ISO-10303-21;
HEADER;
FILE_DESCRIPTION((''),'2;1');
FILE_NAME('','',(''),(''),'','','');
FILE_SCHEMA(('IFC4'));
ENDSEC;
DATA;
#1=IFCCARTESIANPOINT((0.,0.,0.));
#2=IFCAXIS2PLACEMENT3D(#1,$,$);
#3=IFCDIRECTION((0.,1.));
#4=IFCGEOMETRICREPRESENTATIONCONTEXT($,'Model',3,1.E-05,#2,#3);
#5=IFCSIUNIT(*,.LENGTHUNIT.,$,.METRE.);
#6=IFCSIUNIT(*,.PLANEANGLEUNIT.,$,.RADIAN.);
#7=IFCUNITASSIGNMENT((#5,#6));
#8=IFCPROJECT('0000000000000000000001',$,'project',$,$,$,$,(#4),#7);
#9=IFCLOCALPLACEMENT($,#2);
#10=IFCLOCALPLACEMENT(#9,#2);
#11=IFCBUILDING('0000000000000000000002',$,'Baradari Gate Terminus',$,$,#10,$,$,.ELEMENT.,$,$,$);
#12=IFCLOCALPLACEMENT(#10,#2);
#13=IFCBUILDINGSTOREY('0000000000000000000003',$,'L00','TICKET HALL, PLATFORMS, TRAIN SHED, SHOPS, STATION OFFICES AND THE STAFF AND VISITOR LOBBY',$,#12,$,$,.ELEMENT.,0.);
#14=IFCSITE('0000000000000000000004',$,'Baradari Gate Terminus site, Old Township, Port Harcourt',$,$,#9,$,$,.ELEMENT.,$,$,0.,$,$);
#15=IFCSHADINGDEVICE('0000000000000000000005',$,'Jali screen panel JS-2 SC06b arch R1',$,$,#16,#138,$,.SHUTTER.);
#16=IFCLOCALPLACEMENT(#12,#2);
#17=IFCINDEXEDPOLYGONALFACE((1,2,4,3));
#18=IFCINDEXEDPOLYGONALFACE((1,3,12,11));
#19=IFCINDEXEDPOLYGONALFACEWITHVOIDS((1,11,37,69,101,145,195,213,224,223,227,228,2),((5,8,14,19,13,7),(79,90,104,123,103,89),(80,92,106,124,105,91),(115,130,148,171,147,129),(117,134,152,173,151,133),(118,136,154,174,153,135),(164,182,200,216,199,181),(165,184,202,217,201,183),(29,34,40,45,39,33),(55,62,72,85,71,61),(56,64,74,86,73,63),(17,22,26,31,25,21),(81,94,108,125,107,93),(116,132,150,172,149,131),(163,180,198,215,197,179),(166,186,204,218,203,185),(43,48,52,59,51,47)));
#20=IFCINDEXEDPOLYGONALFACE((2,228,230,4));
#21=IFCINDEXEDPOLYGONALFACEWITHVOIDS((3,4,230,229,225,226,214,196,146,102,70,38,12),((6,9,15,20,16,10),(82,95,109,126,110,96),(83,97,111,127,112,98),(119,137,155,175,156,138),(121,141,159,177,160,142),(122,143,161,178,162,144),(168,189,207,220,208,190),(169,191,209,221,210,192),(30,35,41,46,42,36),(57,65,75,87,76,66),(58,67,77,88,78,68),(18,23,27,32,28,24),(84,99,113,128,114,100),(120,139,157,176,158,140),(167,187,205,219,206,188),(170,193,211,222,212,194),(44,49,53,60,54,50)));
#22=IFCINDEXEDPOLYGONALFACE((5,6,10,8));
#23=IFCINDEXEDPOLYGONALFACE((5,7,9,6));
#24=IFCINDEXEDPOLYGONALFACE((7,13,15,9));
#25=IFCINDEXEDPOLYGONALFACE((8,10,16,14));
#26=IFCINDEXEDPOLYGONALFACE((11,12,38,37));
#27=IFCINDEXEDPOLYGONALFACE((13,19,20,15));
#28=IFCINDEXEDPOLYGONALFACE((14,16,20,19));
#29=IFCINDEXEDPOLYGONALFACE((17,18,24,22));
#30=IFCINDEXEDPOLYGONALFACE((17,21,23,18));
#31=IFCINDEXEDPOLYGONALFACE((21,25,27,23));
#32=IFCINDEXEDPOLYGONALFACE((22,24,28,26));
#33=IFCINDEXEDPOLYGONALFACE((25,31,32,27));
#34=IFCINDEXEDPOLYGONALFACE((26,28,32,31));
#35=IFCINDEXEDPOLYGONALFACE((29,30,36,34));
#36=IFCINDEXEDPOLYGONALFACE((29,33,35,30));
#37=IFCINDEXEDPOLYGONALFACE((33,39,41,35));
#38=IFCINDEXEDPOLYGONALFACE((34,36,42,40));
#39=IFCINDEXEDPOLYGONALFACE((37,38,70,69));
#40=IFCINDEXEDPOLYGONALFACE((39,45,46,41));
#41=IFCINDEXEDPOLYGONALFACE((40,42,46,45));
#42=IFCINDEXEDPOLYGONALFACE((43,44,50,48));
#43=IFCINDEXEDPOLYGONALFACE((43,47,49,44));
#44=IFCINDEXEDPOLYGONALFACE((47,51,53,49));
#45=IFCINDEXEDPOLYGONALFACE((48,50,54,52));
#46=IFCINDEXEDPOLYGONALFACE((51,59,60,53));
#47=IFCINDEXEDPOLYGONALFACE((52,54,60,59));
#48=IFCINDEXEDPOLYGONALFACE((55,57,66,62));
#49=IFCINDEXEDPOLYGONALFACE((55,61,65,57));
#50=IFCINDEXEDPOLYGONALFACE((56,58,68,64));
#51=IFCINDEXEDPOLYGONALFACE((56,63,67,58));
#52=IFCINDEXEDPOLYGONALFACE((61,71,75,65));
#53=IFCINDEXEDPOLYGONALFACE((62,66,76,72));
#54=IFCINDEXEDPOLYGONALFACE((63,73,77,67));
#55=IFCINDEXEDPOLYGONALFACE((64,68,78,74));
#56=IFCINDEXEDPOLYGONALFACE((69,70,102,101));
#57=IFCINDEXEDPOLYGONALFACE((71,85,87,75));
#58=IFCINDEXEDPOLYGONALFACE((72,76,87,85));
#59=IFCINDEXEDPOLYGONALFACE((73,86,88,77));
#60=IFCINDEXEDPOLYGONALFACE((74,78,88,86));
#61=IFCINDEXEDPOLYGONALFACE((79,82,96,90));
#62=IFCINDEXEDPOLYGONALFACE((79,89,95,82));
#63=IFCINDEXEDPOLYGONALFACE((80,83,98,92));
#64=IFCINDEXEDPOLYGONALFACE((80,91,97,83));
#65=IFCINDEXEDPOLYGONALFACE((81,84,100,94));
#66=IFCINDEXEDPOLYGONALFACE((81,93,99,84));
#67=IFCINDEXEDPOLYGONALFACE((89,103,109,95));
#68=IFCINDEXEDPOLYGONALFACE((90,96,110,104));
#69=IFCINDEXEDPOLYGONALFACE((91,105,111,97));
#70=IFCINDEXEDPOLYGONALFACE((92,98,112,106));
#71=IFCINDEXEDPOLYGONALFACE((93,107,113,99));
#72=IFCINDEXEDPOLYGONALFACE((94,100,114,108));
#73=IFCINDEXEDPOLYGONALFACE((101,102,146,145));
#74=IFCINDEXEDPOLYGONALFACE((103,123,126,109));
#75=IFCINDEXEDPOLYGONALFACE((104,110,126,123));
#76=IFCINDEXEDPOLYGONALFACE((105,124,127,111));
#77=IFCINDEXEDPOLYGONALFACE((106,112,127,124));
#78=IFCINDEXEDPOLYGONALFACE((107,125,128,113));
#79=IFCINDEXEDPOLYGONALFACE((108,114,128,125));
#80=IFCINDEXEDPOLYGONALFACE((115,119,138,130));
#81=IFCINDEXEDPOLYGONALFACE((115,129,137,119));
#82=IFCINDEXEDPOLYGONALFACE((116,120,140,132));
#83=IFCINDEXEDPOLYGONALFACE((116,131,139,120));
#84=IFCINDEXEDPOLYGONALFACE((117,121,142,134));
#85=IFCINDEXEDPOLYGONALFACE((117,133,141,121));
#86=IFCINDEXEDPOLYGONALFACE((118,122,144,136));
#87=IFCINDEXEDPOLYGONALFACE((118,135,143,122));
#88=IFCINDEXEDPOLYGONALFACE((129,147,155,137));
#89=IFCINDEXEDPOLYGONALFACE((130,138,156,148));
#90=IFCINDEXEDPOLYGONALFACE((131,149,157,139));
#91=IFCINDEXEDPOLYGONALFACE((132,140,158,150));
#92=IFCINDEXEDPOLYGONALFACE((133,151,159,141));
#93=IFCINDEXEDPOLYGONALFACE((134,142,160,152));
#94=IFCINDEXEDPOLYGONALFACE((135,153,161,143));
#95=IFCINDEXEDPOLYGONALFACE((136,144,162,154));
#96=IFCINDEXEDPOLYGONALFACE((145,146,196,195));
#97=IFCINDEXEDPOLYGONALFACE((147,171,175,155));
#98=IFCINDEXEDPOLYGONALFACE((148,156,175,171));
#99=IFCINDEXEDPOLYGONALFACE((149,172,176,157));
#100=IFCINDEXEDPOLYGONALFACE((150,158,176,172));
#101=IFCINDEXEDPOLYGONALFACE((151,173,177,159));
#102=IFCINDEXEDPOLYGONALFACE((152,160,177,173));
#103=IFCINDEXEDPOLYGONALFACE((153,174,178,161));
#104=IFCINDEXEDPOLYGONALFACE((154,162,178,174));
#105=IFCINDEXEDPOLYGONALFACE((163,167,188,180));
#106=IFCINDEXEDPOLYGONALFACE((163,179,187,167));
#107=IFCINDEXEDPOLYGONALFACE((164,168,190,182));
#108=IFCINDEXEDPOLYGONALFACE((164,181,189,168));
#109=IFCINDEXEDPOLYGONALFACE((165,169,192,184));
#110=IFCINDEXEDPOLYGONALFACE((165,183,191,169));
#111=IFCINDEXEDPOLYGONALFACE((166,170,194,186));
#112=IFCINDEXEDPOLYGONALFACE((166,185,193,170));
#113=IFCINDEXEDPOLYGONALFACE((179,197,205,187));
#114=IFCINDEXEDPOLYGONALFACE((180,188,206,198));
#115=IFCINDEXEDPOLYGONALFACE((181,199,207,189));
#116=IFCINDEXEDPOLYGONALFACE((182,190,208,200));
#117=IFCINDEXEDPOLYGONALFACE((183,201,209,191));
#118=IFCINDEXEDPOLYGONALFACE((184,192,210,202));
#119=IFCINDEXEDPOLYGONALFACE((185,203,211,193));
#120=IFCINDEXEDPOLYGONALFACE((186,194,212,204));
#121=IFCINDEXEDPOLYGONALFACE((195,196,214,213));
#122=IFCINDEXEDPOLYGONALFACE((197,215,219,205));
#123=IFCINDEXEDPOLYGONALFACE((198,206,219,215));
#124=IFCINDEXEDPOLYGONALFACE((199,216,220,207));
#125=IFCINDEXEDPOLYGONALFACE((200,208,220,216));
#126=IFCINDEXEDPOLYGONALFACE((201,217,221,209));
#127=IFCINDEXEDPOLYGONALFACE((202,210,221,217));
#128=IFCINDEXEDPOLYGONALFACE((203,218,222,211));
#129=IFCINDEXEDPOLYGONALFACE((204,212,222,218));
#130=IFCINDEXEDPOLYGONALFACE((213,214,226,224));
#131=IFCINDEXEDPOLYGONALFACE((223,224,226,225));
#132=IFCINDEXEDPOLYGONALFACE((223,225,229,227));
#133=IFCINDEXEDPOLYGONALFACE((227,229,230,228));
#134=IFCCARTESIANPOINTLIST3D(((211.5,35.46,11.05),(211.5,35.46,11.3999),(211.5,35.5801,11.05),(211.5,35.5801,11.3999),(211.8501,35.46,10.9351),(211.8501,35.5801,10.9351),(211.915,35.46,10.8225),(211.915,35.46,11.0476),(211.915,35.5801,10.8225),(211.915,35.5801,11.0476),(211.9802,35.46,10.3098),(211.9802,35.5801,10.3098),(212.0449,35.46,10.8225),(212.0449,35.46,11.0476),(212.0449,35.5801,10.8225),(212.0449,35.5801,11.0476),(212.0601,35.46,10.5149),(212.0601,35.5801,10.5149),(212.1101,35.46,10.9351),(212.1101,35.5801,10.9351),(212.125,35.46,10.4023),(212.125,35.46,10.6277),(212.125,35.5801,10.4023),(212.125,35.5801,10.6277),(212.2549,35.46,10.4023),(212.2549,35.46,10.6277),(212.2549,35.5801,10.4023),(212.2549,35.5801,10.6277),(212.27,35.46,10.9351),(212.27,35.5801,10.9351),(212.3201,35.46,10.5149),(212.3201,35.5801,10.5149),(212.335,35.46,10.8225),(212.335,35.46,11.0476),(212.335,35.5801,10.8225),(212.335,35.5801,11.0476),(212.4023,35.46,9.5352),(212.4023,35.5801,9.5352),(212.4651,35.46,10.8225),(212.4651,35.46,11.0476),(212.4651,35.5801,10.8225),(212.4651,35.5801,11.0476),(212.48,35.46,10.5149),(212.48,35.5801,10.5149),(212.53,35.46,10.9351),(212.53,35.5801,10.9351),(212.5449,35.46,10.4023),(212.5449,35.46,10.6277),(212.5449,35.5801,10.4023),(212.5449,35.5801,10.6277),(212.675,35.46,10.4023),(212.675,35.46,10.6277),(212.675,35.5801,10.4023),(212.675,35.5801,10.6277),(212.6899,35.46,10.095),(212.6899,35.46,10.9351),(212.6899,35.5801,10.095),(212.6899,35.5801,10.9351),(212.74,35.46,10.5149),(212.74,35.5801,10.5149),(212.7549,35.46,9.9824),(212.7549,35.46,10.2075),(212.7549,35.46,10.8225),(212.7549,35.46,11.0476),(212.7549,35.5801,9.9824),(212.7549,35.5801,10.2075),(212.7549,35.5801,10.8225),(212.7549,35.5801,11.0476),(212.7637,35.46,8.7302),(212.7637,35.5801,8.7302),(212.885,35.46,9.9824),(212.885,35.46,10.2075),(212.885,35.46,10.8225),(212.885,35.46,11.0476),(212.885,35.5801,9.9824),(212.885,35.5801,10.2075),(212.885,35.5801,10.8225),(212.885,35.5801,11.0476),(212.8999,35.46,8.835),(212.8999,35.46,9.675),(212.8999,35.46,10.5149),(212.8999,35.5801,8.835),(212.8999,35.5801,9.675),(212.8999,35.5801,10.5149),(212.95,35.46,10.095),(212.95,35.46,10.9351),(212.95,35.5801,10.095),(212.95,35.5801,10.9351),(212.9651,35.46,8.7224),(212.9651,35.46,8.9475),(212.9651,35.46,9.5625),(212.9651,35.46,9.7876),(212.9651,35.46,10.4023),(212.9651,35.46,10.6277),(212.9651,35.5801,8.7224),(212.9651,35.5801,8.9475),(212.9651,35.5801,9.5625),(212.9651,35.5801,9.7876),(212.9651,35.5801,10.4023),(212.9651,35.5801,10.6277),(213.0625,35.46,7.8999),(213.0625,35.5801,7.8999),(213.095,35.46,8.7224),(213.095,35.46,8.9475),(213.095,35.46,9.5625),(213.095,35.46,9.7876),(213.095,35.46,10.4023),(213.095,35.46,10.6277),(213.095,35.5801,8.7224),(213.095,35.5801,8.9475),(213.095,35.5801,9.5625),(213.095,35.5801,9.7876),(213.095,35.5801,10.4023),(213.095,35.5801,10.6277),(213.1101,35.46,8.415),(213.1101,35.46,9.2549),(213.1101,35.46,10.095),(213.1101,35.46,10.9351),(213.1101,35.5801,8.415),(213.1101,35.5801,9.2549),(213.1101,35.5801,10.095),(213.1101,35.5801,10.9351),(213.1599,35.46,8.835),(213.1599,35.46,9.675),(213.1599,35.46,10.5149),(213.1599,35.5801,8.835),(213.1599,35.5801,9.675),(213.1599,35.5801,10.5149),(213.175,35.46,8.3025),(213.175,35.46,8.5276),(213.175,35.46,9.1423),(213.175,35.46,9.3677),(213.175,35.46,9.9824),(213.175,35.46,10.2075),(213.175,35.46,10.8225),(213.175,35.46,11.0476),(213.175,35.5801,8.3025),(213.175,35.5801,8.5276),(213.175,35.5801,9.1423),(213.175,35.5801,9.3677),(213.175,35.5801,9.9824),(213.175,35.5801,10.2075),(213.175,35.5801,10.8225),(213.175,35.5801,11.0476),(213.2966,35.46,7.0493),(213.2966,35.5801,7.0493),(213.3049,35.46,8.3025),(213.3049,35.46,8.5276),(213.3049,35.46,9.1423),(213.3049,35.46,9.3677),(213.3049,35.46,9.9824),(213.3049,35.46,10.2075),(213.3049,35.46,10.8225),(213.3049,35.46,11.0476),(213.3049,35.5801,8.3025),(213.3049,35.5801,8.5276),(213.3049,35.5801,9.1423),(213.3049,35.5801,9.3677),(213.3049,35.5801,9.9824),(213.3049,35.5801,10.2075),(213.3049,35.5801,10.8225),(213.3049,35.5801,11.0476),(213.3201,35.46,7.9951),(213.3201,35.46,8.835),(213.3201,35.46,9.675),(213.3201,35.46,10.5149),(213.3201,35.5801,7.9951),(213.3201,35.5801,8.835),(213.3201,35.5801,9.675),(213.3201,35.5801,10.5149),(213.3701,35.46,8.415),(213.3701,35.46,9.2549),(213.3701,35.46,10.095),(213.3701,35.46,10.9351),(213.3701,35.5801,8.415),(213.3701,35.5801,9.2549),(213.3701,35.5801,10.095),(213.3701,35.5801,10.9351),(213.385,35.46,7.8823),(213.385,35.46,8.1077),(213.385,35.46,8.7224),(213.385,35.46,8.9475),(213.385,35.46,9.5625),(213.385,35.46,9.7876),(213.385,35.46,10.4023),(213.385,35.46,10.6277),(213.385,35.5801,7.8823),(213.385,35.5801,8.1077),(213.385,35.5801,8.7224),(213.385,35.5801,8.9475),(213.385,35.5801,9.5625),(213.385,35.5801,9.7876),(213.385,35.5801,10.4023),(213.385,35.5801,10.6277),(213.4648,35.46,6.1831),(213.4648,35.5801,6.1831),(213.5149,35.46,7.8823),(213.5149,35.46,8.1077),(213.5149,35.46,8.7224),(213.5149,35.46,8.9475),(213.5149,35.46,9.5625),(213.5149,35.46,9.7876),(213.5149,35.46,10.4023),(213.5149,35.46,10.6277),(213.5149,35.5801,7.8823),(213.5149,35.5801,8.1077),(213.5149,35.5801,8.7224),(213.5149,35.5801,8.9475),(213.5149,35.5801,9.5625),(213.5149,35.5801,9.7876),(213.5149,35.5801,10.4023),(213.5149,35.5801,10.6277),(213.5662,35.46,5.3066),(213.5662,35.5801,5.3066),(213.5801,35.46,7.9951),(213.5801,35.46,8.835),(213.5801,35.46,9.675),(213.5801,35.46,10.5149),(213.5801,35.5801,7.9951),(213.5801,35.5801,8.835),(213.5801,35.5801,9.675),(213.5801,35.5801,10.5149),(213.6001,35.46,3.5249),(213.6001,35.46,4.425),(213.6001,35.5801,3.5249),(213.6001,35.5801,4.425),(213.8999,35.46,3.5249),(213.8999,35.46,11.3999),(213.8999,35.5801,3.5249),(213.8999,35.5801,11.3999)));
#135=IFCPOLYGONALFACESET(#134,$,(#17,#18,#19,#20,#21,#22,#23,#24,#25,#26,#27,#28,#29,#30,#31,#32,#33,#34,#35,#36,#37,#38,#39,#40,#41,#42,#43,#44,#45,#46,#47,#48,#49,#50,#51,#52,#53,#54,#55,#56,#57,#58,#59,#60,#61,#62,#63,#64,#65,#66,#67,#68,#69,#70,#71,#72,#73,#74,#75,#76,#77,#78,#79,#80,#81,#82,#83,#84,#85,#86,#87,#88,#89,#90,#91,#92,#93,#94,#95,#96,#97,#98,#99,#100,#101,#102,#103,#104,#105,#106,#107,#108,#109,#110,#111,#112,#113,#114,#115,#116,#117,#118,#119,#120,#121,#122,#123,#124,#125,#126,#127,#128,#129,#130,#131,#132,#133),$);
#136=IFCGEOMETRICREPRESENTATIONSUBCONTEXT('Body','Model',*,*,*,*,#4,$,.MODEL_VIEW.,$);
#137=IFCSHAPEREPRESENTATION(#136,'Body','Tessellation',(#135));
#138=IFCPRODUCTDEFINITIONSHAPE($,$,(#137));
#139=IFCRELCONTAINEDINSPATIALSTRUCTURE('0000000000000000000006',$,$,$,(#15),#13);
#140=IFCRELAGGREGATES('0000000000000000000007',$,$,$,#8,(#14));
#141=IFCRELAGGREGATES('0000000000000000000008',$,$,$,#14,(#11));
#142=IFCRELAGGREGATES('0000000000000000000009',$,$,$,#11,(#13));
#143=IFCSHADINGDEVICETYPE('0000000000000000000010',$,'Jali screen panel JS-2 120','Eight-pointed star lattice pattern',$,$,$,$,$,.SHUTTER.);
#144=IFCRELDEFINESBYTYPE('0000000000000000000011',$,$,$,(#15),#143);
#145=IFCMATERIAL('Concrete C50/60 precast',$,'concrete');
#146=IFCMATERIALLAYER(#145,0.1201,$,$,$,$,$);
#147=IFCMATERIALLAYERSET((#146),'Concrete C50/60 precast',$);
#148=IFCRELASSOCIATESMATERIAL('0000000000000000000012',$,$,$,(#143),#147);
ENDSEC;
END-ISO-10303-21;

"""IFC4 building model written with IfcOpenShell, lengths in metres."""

from ifc_helpers import new_model, si_unit, direction, frame, origin, place, context, subcontext, project, spatial, polyline, outline, extrude, material, layer, layer_set, type_object, element, save


model = new_model("IFC4")

# Units and contexts
model_context = context("Model", 3, precision=1e-05, world=origin(), true_north=direction((0.0, 1.0)))
body_context = subcontext(model_context, "Body", "Model", "MODEL_VIEW")
ifc_project = project(units=[si_unit("LENGTHUNIT", "METRE"), si_unit("PLANEANGLEUNIT", "RADIAN")], contexts=[model_context])

# Site, building, storey
site_placement = place(None, origin())
site = spatial("IfcSite", under=ifc_project, at=site_placement, Name="Baradari Gate Terminus site, Old Township, Port Harcourt", CompositionType="ELEMENT", RefElevation=0.0)
building_placement = place(site_placement, origin())
building = spatial("IfcBuilding", under=site, at=building_placement, Name="Baradari Gate Terminus", CompositionType="ELEMENT")
storey_placement = place(building_placement, origin())
storey = spatial("IfcBuildingStorey", under=building, at=storey_placement, Name="L00", Description="TICKET HALL, PLATFORMS, TRAIN SHED, SHOPS, STATION OFFICES AND THE STAFF AND VISITOR LOBBY", CompositionType="ELEMENT", Elevation=0.0)

# Shading device
ifc_material_1 = material(Name="Concrete C50/60 precast", Category="concrete")
ifc_layer_1 = layer(ifc_material_1, 0.1201)
ifc_layer_set_1 = layer_set([ifc_layer_1], Name="Concrete C50/60 precast")
shading_device_type = type_object("IfcShadingDeviceType", Name="Jali screen panel JS-2 120", Description="Eight-pointed star lattice pattern", PredefinedType="SHUTTER", material=ifc_layer_set_1)
shading_device_1_placement = place(storey_placement, frame((211.5, 35.52, 3.5249), z_axis=(0.0, 0.0, 1.0), x_axis=(1.0, 0.0, 0.0)))
element("IfcShadingDevice", 1, at=shading_device_1_placement, inside=storey, type_object=shading_device_type, Name="Jali screen panel JS-2 SC06b arch R1", PredefinedType="SHUTTER", context=body_context, shape_type="SweptSolid", body=[
    extrude(outline(polyline([(0.0, 7.875), (0.0, 7.5251), (0.4802, 6.7849), (0.9023, 6.0103), (1.2637, 5.2053), (1.5625, 4.375), (1.7966, 3.5244), (1.9648, 2.6582), (2.0662, 1.7817), (2.1001, 0.9001), (2.1001, 0.0), (2.3999, 0.0), (2.3999, 7.875), (0.0, 7.875)]), holes=[polyline([(2.0801, 4.4702), (2.0149, 4.3574), (1.885, 4.3574), (1.8201, 4.4702), (1.885, 4.5828), (2.0149, 4.5828), (2.0801, 4.4702)]), polyline([(1.8701, 4.8901), (1.8049, 4.7776), (1.675, 4.7776), (1.6101, 4.8901), (1.675, 5.0027), (1.8049, 5.0027), (1.8701, 4.8901)]), polyline([(1.6599, 5.3101), (1.595, 5.1975), (1.4651, 5.1975), (1.3999, 5.3101), (1.4651, 5.4226), (1.595, 5.4226), (1.6599, 5.3101)]), polyline([(2.0801, 5.3101), (2.0149, 5.1975), (1.885, 5.1975), (1.8201, 5.3101), (1.885, 5.4226), (2.0149, 5.4226), (2.0801, 5.3101)]), polyline([(1.8701, 5.73), (1.8049, 5.6174), (1.675, 5.6174), (1.6101, 5.73), (1.675, 5.8428), (1.8049, 5.8428), (1.8701, 5.73)]), polyline([(1.6599, 6.1501), (1.595, 6.0376), (1.4651, 6.0376), (1.3999, 6.1501), (1.4651, 6.2627), (1.595, 6.2627), (1.6599, 6.1501)]), polyline([(2.0801, 6.1501), (2.0149, 6.0376), (1.885, 6.0376), (1.8201, 6.1501), (1.885, 6.2627), (2.0149, 6.2627), (2.0801, 6.1501)]), polyline([(1.45, 6.5701), (1.385, 6.4575), (1.2549, 6.4575), (1.1899, 6.5701), (1.2549, 6.6826), (1.385, 6.6826), (1.45, 6.5701)]), polyline([(1.8701, 6.5701), (1.8049, 6.4575), (1.675, 6.4575), (1.6101, 6.5701), (1.675, 6.6826), (1.8049, 6.6826), (1.8701, 6.5701)]), polyline([(0.8201, 6.99), (0.7549, 6.8774), (0.625, 6.8774), (0.5601, 6.99), (0.625, 7.1028), (0.7549, 7.1028), (0.8201, 6.99)]), polyline([(1.24, 6.99), (1.175, 6.8774), (1.0449, 6.8774), (0.98, 6.99), (1.0449, 7.1028), (1.175, 7.1028), (1.24, 6.99)]), polyline([(1.6599, 6.99), (1.595, 6.8774), (1.4651, 6.8774), (1.3999, 6.99), (1.4651, 7.1028), (1.595, 7.1028), (1.6599, 6.99)]), polyline([(2.0801, 6.99), (2.0149, 6.8774), (1.885, 6.8774), (1.8201, 6.99), (1.885, 7.1028), (2.0149, 7.1028), (2.0801, 6.99)]), polyline([(0.6101, 7.4102), (0.5449, 7.2976), (0.415, 7.2976), (0.3501, 7.4102), (0.415, 7.5227), (0.5449, 7.5227), (0.6101, 7.4102)]), polyline([(1.03, 7.4102), (0.9651, 7.2976), (0.835, 7.2976), (0.77, 7.4102), (0.835, 7.5227), (0.9651, 7.5227), (1.03, 7.4102)]), polyline([(1.45, 7.4102), (1.385, 7.2976), (1.2549, 7.2976), (1.1899, 7.4102), (1.2549, 7.5227), (1.385, 7.5227), (1.45, 7.4102)]), polyline([(1.8701, 7.4102), (1.8049, 7.2976), (1.675, 7.2976), (1.6101, 7.4102), (1.675, 7.5227), (1.8049, 7.5227), (1.8701, 7.4102)])]), frame((0.0, 0.0601, 0.0), z_axis=(0.0, -1.0, 0.0), x_axis=(1.0, 0.0, 0.0)), (0.0, 0.0, 1.0), 0.1201),
])

save(model, "model.ifc")
